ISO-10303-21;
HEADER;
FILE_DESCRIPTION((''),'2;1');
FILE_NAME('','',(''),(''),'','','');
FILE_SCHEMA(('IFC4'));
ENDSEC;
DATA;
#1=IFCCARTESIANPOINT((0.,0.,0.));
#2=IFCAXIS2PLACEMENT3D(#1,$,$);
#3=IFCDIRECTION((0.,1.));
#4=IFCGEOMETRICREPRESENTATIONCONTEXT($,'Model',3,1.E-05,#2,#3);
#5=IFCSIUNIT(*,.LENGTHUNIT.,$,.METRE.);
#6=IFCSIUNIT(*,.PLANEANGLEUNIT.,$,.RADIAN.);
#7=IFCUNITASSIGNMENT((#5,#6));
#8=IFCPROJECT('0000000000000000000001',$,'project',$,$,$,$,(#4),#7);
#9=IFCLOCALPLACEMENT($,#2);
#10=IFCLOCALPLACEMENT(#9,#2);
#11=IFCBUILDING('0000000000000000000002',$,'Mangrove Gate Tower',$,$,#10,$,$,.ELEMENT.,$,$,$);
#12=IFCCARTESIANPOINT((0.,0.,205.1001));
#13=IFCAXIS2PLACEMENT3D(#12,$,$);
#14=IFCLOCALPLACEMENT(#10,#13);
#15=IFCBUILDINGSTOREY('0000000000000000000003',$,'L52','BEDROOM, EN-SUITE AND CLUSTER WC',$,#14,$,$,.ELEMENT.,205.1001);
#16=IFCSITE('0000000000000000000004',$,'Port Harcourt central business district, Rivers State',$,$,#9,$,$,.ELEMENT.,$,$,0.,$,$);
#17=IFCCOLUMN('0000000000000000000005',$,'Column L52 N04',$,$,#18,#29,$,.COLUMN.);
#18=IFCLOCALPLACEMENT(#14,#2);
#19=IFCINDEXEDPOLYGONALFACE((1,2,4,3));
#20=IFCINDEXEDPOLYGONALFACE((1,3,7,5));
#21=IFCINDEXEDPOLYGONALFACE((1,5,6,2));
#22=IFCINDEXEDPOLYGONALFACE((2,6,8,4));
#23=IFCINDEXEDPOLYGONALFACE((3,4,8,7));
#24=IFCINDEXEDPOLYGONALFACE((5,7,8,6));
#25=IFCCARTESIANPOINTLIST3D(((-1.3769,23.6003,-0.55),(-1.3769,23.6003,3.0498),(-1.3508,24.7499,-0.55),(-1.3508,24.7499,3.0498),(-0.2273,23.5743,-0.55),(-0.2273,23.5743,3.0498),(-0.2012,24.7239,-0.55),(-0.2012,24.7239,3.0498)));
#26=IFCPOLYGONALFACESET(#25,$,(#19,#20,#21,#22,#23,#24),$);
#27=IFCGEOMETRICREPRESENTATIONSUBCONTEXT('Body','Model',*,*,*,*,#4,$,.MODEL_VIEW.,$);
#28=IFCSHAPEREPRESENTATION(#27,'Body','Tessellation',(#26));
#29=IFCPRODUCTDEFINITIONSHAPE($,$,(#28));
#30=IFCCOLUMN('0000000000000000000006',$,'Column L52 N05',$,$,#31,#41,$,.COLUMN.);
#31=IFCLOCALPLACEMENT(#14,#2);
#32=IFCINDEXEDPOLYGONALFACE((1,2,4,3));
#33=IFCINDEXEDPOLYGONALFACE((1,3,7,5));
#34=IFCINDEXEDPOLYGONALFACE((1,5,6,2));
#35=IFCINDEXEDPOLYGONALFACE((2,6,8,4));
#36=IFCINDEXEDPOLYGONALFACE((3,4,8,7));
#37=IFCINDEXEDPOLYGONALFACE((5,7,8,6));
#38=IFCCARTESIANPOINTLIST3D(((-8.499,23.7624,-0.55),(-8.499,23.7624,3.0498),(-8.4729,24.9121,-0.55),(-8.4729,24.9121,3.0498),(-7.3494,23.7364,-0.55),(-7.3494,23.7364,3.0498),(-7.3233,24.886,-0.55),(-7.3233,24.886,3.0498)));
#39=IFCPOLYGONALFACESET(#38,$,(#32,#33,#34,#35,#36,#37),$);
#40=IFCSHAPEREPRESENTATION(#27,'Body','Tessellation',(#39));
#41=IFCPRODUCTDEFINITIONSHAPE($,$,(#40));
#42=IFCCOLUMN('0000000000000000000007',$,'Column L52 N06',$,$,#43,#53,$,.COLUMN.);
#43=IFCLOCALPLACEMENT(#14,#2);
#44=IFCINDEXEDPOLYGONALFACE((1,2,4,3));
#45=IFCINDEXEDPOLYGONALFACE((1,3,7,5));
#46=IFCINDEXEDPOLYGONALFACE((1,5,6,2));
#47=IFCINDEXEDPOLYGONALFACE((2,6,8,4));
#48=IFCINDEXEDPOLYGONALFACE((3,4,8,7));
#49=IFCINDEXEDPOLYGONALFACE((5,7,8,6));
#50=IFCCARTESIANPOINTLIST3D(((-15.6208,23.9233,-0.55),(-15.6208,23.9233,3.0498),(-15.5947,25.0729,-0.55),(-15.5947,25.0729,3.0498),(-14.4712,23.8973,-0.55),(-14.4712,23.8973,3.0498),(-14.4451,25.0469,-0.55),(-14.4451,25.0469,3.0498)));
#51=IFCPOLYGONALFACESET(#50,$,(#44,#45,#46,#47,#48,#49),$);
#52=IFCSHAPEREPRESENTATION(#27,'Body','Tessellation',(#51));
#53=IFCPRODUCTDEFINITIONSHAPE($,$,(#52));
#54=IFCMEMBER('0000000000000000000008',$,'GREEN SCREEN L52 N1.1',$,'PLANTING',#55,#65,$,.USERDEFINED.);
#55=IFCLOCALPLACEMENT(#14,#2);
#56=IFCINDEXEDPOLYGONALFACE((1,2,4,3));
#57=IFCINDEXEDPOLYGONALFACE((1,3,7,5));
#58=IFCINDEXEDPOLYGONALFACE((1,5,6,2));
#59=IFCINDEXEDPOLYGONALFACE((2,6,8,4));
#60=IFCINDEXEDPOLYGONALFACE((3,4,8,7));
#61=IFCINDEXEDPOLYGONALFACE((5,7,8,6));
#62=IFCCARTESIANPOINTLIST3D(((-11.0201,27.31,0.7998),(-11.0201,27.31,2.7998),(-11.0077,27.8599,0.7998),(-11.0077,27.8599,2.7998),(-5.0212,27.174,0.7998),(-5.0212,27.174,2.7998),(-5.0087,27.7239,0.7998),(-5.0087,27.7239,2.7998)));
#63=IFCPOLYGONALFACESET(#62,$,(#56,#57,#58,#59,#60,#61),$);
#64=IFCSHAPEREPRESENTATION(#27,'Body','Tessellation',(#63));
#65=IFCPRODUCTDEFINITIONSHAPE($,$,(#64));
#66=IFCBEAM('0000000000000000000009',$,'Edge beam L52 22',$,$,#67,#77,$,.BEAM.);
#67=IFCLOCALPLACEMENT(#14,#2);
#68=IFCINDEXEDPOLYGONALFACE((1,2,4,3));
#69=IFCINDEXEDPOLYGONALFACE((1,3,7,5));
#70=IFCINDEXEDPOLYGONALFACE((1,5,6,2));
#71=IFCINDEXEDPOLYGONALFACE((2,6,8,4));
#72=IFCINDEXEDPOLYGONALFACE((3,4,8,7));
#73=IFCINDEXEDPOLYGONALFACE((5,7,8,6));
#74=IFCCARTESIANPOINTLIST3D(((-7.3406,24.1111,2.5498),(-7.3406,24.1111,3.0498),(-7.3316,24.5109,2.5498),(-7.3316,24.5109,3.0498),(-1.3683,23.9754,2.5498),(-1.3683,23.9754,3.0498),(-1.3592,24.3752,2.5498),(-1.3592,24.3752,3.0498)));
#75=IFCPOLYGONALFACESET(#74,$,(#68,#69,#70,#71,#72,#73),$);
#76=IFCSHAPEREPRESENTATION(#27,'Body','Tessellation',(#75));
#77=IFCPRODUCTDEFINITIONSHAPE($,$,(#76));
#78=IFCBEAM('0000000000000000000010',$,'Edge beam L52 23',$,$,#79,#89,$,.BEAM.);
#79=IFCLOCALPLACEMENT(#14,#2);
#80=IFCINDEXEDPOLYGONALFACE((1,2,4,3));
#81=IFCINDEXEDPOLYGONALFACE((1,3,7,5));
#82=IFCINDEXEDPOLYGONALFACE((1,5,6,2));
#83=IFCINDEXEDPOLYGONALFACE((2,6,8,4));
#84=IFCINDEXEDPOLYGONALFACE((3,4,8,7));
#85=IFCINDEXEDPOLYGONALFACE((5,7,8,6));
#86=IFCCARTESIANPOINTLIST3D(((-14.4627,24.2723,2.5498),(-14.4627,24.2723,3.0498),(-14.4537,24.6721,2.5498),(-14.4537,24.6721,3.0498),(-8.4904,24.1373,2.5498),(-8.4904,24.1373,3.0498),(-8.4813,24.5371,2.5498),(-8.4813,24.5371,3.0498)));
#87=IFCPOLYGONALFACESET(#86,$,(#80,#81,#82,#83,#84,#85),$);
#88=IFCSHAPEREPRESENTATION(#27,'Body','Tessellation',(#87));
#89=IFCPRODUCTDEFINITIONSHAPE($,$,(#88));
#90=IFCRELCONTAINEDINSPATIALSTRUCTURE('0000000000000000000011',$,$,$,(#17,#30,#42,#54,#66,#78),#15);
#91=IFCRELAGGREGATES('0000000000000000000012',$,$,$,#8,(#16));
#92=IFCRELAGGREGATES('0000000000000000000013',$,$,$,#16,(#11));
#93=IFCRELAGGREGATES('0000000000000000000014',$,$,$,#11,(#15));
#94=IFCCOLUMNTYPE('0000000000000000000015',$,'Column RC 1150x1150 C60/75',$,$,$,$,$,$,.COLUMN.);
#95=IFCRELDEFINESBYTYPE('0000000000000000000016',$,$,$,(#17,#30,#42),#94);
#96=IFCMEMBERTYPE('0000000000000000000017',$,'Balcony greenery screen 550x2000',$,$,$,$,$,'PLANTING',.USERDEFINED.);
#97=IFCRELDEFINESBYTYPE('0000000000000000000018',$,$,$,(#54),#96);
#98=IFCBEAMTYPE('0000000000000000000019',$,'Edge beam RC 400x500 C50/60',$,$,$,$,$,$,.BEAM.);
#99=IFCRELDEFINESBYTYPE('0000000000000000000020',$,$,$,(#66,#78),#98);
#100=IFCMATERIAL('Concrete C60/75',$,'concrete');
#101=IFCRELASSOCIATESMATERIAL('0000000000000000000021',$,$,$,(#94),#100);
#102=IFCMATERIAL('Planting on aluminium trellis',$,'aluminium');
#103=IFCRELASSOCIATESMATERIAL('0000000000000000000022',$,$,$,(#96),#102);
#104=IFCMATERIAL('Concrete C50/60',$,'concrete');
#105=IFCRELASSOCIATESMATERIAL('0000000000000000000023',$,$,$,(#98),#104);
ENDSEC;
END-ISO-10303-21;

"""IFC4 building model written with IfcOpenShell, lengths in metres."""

from ifc_helpers import new_model, si_unit, direction, frame, origin, origin_2d, place, context, subcontext, project, spatial, rectangle, extrude, material, material_profile, profile_set, type_object, element, save


model = new_model("IFC4")

# Units and contexts
model_context = context("Model", 3, precision=1e-05, world=origin(), true_north=direction((0.0, 1.0)))
body_context = subcontext(model_context, "Body", "Model", "MODEL_VIEW")
ifc_project = project(units=[si_unit("LENGTHUNIT", "METRE"), si_unit("PLANEANGLEUNIT", "RADIAN")], contexts=[model_context])

# Site, building, storey
site_placement = place(None, origin())
site = spatial("IfcSite", under=ifc_project, at=site_placement, Name="Port Harcourt central business district, Rivers State", CompositionType="ELEMENT", RefElevation=0.0)
building_placement = place(site_placement, origin())
building = spatial("IfcBuilding", under=site, at=building_placement, Name="Mangrove Gate Tower", CompositionType="ELEMENT")
storey_placement = place(building_placement, frame((0.0, 0.0, 205.1001)))
storey = spatial("IfcBuildingStorey", under=building, at=storey_placement, Name="L52", Description="BEDROOM, EN-SUITE AND CLUSTER WC", CompositionType="ELEMENT", Elevation=205.1001)

# Columns
ifc_material_1 = material(Name="Concrete C60/75", Category="concrete")
ifc_material_profile_1 = material_profile(ifc_material_1, rectangle(XDim=1.1499, YDim=1.1499, at=origin_2d()))
ifc_profile_set_1 = profile_set([ifc_material_profile_1], Name="Concrete C60/75")
column_type = type_object("IfcColumnType", Name="Column RC 1150x1150 C60/75", PredefinedType="COLUMN", material=ifc_profile_set_1)
for number, where, z_axis, x_axis, name in (
    (1, (-0.7891, 24.1621, -0.55), (0.0, 0.0, 1.0), (-0.999743, 0.02267, 0.0), "Column L52 N04"),
    (2, (-7.9111, 24.3242, -0.55), (0.0, 0.0, 1.0), (-0.999743, 0.02267, 0.0), "Column L52 N05"),
    (3, (-15.033, 24.4851, -0.55), (0.0, 0.0, 1.0), (-0.999743, 0.02267, 0.0), "Column L52 N06"),
):
    element("IfcColumn", number, at=place(storey_placement, frame(where, z_axis=z_axis, x_axis=x_axis)), inside=storey, type_object=column_type, Name=name, PredefinedType="COLUMN", context=body_context, shape_type="SweptSolid", body=[
        extrude(rectangle(XDim=1.1499, YDim=1.1499, at=origin_2d()), origin(), (0.0, 0.0, 1.0), 3.5999),
    ])

# Member
ifc_material_2 = material(Name="Planting on aluminium trellis", Category="aluminium")
ifc_material_profile_2 = material_profile(ifc_material_2, rectangle(XDim=0.55, YDim=2.0, at=origin_2d()))
ifc_profile_set_2 = profile_set([ifc_material_profile_2], Name="Planting on aluminium trellis")
member_type = type_object("IfcMemberType", Name="Balcony greenery screen 550x2000", ElementType="PLANTING", PredefinedType="USERDEFINED", material=ifc_profile_set_2)
member_placement = place(storey_placement, frame((-11.0139, 27.585, 1.7998), z_axis=(0.999743, -0.022662, 0.0), x_axis=(0.022662, 0.999743, 0.0)))
element("IfcMember", 4, at=member_placement, inside=storey, type_object=member_type, Name="GREEN SCREEN L52 N1.1", ObjectType="PLANTING", PredefinedType="USERDEFINED", context=body_context, shape_type="SweptSolid", body=[
    extrude(rectangle(XDim=0.55, YDim=2.0, at=origin_2d()), origin(), (0.0, 0.0, 1.0), 6.0005),
])

# Beams
ifc_material_3 = material(Name="Concrete C50/60", Category="concrete")
ifc_material_profile_3 = material_profile(ifc_material_3, rectangle(XDim=0.3999, YDim=0.5, at=origin_2d()))
ifc_profile_set_3 = profile_set([ifc_material_profile_3], Name="Concrete C50/60")
beam_type = type_object("IfcBeamType", Name="Edge beam RC 400x500 C50/60", PredefinedType="BEAM", material=ifc_profile_set_3)
for number, where, z_axis, x_axis, name in (
    (5, (-1.3638, 24.1753, 2.7998), (-0.999742, 0.022722, 0.0), (-0.022722, -0.999742, 0.0), "Edge beam L52 22"),
    (6, (-8.4858, 24.3372, 2.7998), (-0.999745, 0.0226, 0.0), (-0.0226, -0.999745, 0.0), "Edge beam L52 23"),
):
    element("IfcBeam", number, at=place(storey_placement, frame(where, z_axis=z_axis, x_axis=x_axis)), inside=storey, type_object=beam_type, Name=name, PredefinedType="BEAM", context=body_context, shape_type="SweptSolid", body=[
        extrude(rectangle(XDim=0.3999, YDim=0.5, at=origin_2d()), origin(), (0.0, 0.0, 1.0), 5.9739),
    ])

save(model, "model.ifc")
